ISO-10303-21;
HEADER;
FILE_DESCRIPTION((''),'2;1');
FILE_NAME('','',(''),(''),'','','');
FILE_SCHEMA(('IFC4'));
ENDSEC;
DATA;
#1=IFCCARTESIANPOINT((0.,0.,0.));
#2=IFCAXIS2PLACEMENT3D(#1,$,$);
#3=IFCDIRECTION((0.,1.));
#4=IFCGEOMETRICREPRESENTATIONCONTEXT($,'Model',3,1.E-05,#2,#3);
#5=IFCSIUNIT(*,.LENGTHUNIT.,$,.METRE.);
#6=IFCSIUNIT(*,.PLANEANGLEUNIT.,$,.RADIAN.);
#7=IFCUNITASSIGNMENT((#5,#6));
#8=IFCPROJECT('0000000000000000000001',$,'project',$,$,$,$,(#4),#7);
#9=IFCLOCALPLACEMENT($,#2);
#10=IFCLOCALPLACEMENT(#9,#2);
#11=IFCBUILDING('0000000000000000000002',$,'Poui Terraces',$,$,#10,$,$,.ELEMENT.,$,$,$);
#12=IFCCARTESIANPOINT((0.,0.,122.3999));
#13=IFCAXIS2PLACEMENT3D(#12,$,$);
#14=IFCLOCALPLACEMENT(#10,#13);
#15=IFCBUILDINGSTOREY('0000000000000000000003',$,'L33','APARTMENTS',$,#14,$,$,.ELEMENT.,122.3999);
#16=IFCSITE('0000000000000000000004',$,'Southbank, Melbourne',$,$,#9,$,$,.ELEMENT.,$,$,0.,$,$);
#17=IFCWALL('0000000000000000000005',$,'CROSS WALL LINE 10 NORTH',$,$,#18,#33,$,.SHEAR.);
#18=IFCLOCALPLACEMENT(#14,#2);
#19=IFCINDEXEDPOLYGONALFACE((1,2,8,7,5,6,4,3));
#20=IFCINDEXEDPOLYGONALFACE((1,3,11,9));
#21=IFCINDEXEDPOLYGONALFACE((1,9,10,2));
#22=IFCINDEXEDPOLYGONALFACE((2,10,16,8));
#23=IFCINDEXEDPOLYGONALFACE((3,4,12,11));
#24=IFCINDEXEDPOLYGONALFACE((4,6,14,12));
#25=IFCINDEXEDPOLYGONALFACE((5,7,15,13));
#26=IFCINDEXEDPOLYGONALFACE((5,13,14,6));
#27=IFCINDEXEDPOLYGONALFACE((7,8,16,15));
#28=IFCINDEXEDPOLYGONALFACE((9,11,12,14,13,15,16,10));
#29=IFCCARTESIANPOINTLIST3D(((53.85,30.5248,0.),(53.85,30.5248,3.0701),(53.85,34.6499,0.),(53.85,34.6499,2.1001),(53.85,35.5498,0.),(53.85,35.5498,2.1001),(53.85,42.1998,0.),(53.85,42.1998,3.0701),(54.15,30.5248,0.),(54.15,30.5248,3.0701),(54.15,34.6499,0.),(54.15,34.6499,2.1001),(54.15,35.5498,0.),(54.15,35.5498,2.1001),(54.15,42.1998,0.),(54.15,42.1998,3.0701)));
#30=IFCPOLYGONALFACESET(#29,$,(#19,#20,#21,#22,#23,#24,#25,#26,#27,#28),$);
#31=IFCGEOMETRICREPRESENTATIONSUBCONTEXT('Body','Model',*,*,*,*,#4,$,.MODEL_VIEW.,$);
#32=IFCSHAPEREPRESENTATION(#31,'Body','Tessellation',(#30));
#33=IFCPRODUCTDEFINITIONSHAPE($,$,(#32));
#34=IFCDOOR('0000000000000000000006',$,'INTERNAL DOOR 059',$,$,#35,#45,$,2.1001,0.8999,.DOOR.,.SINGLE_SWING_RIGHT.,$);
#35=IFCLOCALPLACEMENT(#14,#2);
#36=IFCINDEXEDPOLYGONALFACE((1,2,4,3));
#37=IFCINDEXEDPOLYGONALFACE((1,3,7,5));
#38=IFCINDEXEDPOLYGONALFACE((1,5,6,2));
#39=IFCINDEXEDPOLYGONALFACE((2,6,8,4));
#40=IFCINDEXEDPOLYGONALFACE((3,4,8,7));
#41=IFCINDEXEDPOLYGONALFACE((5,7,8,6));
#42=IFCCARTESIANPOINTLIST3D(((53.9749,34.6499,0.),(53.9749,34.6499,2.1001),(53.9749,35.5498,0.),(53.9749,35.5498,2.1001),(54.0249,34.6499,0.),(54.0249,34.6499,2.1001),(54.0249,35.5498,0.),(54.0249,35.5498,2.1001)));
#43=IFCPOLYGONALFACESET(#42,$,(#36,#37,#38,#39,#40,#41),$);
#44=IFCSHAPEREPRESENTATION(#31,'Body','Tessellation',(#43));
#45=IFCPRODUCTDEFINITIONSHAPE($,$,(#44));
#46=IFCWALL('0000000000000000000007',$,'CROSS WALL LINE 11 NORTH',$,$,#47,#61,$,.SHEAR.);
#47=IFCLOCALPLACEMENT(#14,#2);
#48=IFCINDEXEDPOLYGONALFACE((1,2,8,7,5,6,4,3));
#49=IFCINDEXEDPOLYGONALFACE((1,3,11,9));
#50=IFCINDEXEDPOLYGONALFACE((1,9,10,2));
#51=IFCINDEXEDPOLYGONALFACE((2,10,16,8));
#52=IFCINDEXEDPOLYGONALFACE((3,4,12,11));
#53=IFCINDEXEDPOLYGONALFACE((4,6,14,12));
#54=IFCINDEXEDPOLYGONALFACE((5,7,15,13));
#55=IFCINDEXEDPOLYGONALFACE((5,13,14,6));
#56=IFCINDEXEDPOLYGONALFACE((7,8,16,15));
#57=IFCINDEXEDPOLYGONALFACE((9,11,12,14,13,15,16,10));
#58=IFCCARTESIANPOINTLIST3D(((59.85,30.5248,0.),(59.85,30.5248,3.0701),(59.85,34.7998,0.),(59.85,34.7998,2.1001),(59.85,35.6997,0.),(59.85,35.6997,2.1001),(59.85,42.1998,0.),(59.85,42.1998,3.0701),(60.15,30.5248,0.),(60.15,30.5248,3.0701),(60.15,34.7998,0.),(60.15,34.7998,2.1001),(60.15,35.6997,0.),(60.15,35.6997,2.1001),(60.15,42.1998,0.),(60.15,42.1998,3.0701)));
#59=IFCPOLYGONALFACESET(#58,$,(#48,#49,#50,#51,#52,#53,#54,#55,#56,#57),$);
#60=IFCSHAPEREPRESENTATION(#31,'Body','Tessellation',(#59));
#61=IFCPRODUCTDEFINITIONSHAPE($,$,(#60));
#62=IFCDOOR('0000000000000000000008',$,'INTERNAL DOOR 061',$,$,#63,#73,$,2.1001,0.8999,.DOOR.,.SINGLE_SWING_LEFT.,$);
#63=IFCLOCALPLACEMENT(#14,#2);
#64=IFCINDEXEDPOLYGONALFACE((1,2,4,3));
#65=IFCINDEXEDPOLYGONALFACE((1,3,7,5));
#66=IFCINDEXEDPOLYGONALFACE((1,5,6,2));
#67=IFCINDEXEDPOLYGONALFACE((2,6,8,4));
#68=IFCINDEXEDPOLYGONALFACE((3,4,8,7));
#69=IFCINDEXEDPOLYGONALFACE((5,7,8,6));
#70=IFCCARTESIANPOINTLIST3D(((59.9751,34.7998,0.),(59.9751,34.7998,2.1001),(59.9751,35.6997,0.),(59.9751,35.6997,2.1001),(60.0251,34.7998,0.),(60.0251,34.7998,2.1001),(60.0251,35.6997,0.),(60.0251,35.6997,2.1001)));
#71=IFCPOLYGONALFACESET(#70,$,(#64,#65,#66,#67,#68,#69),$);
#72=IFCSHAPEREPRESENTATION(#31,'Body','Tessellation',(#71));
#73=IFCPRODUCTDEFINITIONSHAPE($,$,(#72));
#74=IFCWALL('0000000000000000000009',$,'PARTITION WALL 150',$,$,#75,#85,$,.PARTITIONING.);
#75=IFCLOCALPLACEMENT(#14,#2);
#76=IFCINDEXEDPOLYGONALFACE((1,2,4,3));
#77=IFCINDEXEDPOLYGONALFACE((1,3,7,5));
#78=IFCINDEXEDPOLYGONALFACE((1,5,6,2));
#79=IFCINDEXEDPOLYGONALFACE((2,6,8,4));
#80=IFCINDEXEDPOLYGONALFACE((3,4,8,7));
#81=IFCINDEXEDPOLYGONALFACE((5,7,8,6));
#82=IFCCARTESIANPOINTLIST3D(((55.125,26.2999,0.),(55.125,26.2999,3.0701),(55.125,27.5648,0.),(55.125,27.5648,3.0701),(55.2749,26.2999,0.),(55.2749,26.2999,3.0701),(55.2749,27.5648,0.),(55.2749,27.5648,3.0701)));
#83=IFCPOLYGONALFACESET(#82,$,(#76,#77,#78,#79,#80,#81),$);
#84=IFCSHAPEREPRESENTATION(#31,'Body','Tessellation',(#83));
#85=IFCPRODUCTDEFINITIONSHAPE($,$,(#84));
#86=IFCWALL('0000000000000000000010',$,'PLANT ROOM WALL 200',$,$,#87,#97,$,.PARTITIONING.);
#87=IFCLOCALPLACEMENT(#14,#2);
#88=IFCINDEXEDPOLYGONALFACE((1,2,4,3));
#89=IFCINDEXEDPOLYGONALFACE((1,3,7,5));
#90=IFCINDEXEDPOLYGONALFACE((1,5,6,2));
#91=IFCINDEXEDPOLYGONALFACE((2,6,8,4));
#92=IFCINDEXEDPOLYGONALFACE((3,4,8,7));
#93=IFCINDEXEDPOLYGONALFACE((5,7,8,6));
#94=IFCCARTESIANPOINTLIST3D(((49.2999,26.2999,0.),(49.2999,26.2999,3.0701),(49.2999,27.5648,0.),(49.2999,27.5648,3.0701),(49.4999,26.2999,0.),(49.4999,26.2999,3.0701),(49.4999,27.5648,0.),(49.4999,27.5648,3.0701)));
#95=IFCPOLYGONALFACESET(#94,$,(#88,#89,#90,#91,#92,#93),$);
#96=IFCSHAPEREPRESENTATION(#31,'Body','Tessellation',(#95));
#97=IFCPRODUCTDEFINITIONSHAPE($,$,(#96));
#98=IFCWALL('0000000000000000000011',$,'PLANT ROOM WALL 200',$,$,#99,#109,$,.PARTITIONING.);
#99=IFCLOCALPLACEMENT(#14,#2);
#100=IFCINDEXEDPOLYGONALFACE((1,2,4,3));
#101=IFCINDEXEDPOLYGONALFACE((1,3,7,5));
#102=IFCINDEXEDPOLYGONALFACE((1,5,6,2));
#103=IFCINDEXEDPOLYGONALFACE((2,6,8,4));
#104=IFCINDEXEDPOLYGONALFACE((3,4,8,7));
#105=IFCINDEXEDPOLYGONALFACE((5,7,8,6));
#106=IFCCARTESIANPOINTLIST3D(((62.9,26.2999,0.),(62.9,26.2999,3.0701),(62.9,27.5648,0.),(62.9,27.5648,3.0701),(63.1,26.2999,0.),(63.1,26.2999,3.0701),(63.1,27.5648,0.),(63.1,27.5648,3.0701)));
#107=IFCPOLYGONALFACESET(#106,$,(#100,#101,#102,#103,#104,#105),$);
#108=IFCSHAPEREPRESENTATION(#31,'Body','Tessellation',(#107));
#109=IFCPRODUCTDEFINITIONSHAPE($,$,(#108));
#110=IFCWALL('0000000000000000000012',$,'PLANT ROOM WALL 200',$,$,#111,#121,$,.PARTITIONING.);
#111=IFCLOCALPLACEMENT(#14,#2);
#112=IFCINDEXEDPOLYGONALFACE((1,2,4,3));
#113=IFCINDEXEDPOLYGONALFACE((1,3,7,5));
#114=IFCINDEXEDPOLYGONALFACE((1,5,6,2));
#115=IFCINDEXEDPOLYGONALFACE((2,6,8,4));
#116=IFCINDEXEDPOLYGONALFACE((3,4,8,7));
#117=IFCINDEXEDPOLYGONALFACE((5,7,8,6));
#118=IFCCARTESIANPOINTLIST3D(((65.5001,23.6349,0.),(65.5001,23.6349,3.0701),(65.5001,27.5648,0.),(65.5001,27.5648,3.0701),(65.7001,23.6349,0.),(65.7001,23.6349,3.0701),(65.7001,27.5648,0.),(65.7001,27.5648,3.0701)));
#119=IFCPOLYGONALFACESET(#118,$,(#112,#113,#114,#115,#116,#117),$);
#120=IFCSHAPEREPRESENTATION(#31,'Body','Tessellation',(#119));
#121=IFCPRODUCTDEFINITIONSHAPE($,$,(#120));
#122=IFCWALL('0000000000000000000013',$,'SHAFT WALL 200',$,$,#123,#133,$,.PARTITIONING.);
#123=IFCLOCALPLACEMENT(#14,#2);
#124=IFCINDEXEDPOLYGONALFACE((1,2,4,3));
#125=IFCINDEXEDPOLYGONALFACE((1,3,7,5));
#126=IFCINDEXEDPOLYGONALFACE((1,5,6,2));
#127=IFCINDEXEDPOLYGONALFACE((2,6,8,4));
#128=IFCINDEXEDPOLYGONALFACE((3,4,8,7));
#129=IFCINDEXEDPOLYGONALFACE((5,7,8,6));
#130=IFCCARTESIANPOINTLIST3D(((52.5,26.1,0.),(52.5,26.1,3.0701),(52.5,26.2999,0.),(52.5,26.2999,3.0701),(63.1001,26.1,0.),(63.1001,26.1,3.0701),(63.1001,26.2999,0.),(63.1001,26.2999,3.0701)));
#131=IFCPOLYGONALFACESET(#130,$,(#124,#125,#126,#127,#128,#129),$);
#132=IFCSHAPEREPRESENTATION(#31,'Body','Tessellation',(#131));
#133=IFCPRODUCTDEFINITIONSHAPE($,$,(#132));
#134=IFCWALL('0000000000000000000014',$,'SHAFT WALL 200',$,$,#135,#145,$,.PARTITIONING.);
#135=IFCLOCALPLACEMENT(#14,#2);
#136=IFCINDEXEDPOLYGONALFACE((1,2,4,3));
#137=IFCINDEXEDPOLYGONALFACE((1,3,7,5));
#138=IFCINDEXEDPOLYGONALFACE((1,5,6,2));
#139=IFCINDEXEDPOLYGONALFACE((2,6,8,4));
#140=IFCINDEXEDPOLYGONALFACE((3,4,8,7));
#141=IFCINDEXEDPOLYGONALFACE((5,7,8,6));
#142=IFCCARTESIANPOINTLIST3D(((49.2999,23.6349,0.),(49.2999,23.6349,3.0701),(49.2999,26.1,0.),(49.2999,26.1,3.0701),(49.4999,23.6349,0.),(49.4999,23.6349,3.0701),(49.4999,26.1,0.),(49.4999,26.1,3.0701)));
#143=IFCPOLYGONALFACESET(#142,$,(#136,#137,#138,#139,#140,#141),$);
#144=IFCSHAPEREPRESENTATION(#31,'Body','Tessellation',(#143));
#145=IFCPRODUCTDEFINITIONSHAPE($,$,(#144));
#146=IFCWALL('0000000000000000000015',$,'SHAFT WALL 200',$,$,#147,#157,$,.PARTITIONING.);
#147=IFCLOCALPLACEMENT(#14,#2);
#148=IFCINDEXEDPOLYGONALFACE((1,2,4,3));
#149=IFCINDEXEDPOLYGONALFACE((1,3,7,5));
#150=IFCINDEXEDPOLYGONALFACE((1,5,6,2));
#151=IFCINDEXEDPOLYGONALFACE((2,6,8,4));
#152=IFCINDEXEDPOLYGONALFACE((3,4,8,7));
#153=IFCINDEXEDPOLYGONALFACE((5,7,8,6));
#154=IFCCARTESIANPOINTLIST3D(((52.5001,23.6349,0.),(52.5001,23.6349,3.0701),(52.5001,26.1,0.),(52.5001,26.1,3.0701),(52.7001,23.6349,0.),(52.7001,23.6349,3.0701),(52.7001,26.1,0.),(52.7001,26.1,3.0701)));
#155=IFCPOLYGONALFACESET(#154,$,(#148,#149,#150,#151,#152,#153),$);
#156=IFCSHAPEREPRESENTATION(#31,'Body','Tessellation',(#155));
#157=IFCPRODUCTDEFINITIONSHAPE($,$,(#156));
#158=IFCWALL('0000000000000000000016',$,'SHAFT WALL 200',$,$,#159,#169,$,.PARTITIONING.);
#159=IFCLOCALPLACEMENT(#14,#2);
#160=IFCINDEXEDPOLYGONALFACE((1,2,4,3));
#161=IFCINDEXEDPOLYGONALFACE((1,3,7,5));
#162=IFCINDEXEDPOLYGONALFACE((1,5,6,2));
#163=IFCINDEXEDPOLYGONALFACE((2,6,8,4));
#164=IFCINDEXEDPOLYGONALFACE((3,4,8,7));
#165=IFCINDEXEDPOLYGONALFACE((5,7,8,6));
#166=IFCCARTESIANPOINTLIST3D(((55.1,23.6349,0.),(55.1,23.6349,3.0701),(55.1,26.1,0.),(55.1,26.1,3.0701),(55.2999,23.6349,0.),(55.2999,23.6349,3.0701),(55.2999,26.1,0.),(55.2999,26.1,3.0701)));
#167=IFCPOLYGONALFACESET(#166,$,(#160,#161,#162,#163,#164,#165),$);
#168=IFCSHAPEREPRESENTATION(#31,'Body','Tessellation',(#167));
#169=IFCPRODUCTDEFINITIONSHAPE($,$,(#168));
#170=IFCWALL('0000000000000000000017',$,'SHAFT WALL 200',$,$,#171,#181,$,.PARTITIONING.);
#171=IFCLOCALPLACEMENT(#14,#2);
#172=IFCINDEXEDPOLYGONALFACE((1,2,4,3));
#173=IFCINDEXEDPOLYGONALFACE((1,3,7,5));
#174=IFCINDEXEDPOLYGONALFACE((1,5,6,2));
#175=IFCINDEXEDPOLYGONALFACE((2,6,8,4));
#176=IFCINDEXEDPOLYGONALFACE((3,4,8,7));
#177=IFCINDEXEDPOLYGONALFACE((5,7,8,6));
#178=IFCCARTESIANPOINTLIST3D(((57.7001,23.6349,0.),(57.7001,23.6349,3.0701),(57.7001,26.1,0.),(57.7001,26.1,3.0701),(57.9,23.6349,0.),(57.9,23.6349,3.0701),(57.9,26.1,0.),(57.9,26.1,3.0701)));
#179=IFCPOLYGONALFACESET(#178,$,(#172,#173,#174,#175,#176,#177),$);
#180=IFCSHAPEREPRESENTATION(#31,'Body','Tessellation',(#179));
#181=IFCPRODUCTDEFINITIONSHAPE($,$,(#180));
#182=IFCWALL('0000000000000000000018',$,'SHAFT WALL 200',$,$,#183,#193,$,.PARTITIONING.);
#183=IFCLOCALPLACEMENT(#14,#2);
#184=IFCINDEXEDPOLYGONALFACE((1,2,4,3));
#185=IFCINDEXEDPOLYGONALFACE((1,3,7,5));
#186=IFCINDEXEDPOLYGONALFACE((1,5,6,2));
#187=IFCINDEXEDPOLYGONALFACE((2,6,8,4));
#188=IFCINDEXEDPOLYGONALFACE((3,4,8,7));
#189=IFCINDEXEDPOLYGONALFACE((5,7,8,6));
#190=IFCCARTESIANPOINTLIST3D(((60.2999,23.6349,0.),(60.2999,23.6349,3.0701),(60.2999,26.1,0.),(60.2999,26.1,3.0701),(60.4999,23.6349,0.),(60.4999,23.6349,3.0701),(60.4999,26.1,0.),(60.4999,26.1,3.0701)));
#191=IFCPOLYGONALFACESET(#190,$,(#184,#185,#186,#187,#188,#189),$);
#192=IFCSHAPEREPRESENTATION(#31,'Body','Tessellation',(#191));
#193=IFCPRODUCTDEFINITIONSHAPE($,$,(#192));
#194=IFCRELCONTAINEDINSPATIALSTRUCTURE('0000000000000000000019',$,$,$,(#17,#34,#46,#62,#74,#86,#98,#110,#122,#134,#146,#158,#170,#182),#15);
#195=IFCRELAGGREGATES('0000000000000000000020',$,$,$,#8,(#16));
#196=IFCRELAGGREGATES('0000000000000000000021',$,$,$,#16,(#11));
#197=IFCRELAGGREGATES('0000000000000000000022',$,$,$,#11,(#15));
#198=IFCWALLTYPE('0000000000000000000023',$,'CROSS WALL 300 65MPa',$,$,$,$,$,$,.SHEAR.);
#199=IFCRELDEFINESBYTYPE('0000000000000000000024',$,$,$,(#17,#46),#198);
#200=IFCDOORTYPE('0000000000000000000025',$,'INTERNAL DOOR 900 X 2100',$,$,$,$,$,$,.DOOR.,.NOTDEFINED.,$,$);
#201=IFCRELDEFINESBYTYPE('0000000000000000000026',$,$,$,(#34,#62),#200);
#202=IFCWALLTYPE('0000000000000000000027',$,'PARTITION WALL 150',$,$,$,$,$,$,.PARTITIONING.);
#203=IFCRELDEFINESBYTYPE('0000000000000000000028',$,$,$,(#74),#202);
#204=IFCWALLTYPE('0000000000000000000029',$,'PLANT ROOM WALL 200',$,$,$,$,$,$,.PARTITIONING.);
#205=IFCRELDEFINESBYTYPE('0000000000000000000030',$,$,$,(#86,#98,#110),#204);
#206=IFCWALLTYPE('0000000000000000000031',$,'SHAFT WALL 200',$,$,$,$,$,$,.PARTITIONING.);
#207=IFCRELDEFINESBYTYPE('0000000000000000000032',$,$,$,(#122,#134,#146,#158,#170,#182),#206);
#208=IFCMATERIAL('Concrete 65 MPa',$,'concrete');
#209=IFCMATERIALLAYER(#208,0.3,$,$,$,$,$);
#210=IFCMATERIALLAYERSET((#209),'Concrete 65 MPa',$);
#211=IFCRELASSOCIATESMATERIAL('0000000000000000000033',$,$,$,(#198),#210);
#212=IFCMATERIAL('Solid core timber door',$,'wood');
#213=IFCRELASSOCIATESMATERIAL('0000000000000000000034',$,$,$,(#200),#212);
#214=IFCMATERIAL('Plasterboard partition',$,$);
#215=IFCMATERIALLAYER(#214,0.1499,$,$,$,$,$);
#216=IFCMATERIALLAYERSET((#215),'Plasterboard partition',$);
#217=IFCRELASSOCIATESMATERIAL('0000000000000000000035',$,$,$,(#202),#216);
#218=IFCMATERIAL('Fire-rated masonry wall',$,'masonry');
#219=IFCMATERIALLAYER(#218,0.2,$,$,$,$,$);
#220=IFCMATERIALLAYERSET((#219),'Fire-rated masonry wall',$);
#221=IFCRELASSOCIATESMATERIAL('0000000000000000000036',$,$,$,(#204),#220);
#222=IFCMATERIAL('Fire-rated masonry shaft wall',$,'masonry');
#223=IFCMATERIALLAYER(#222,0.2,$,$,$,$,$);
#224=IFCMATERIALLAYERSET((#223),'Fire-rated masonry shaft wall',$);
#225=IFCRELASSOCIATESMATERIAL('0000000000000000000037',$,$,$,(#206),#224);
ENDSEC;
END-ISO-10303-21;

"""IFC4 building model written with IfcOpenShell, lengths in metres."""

from ifc_helpers import new_model, si_unit, direction, frame, frame_2d, origin, place, context, subcontext, project, spatial, rectangle, extrude, material, layer, layer_set, type_object, element, fill, save


model = new_model("IFC4")

# Units and contexts
model_context = context("Model", 3, precision=1e-05, world=origin(), true_north=direction((0.0, 1.0)))
body_context = subcontext(model_context, "Body", "Model", "MODEL_VIEW")
ifc_project = project(units=[si_unit("LENGTHUNIT", "METRE"), si_unit("PLANEANGLEUNIT", "RADIAN")], contexts=[model_context])

# Site, building, storey
site_placement = place(None, origin())
site = spatial("IfcSite", under=ifc_project, at=site_placement, Name="Southbank, Melbourne", CompositionType="ELEMENT", RefElevation=0.0)
building_placement = place(site_placement, origin())
building = spatial("IfcBuilding", under=site, at=building_placement, Name="Poui Terraces", CompositionType="ELEMENT")
storey_placement = place(building_placement, frame((0.0, 0.0, 122.3999)))
storey = spatial("IfcBuildingStorey", under=building, at=storey_placement, Name="L33", Description="APARTMENTS", CompositionType="ELEMENT", Elevation=122.3999)

# Shared definitions
ifc_material_1 = material(Name="Concrete 65 MPa", Category="concrete")

# Walls, openings, doors
ifc_layer_1 = layer(ifc_material_1, 0.3)
ifc_layer_set_1 = layer_set([ifc_layer_1], Name="Concrete 65 MPa")
wall_type_1 = type_object("IfcWallType", Name="CROSS WALL 300 65MPa", PredefinedType="SHEAR", material=ifc_layer_set_1)
wall_1_placement = place(storey_placement, frame((54.0, 30.5249, 0.0), z_axis=(0.0, 0.0, 1.0), x_axis=(0.0, 1.0, 0.0)))
wall_1 = element("IfcWall", 1, at=wall_1_placement, inside=storey, type_object=wall_type_1, Name="CROSS WALL LINE 10 NORTH", PredefinedType="SHEAR", context=body_context, shape_type="SweptSolid", body=[
    extrude(rectangle(XDim=11.675, YDim=0.3, at=frame_2d((5.8374, 0.0))), origin(), (0.0, 0.0, 1.0), 3.0701),
])
opening_1_placement = place(wall_1_placement, frame((4.125, 0.0, 0.0)))
opening_1 = element("IfcOpeningElement", 2, at=opening_1_placement, cuts=wall_1, PredefinedType="OPENING", context=body_context, shape_type="SweptSolid", body=[
    extrude(rectangle(XDim=0.8999, YDim=2.1001, at=frame_2d((0.45, 1.05))), frame((0.0, 0.1602, 0.0), z_axis=(0.0, -1.0, 0.0), x_axis=(1.0, 0.0, 0.0)), (0.0, 0.0, 1.0), 0.3201),
])
ifc_material_2 = material(Name="Solid core timber door", Category="wood")
door_type_1 = type_object("IfcDoorType", Name="INTERNAL DOOR 900 X 2100", OperationType="NOTDEFINED", PredefinedType="DOOR", material=ifc_material_2)
door_1_placement = place(opening_1_placement, frame((0.8999, 0.0, 0.0), z_axis=(0.0, 0.0, 1.0), x_axis=(-1.0, 0.0, 0.0)))
door_1 = element("IfcDoor", 3, at=door_1_placement, inside=storey, type_object=door_type_1, Name="INTERNAL DOOR 059", OperationType="SINGLE_SWING_RIGHT", OverallHeight=2.1001, OverallWidth=0.8999, PredefinedType="DOOR", context=body_context, shape_type="SweptSolid", body=[
    extrude(rectangle(XDim=0.8999, YDim=2.1001, at=frame_2d((0.45, 1.05))), frame((0.0, 0.0249, 0.0), z_axis=(0.0, -1.0, 0.0), x_axis=(1.0, 0.0, 0.0)), (0.0, 0.0, 1.0), 0.05),
])
fill(opening_1, door_1)
wall_2_placement = place(storey_placement, frame((60.0, 30.5249, 0.0), z_axis=(0.0, 0.0, 1.0), x_axis=(0.0, 1.0, 0.0)))
wall_2 = element("IfcWall", 4, at=wall_2_placement, inside=storey, type_object=wall_type_1, Name="CROSS WALL LINE 11 NORTH", PredefinedType="SHEAR", context=body_context, shape_type="SweptSolid", body=[
    extrude(rectangle(XDim=11.675, YDim=0.3, at=frame_2d((5.8374, 0.0))), origin(), (0.0, 0.0, 1.0), 3.0701),
])
opening_2_placement = place(wall_2_placement, frame((4.2749, 0.0, 0.0)))
opening_2 = element("IfcOpeningElement", 5, at=opening_2_placement, cuts=wall_2, PredefinedType="OPENING", context=body_context, shape_type="SweptSolid", body=[
    extrude(rectangle(XDim=0.8999, YDim=2.1001, at=frame_2d((0.45, 1.05))), frame((0.0, 0.1602, 0.0), z_axis=(0.0, -1.0, 0.0), x_axis=(1.0, 0.0, 0.0)), (0.0, 0.0, 1.0), 0.3201),
])
door_2_placement = place(opening_2_placement, origin())
door_2 = element("IfcDoor", 6, at=door_2_placement, inside=storey, type_object=door_type_1, Name="INTERNAL DOOR 061", OperationType="SINGLE_SWING_LEFT", OverallHeight=2.1001, OverallWidth=0.8999, PredefinedType="DOOR", context=body_context, shape_type="SweptSolid", body=[
    extrude(rectangle(XDim=0.8999, YDim=2.1001, at=frame_2d((0.45, 1.05))), frame((0.0, 0.0249, 0.0), z_axis=(0.0, -1.0, 0.0), x_axis=(1.0, 0.0, 0.0)), (0.0, 0.0, 1.0), 0.05),
])
fill(opening_2, door_2)

# Walls
ifc_material_3 = material(Name="Plasterboard partition")
ifc_layer_2 = layer(ifc_material_3, 0.1499)
ifc_layer_set_2 = layer_set([ifc_layer_2], Name="Plasterboard partition")
wall_type_2 = type_object("IfcWallType", Name="PARTITION WALL 150", PredefinedType="PARTITIONING", material=ifc_layer_set_2)
wall_3_placement = place(storey_placement, frame((55.2, 26.3, 0.0), z_axis=(0.0, 0.0, 1.0), x_axis=(0.0, 1.0, 0.0)))
element("IfcWall", 7, at=wall_3_placement, inside=storey, type_object=wall_type_2, Name="PARTITION WALL 150", PredefinedType="PARTITIONING", context=body_context, shape_type="SweptSolid", body=[
    extrude(rectangle(XDim=1.2649, YDim=0.1499, at=frame_2d((0.6323, 0.0))), origin(), (0.0, 0.0, 1.0), 3.0701),
])
ifc_material_4 = material(Name="Fire-rated masonry wall", Category="masonry")
ifc_layer_3 = layer(ifc_material_4, 0.2)
ifc_layer_set_3 = layer_set([ifc_layer_3], Name="Fire-rated masonry wall")
wall_type_3 = type_object("IfcWallType", Name="PLANT ROOM WALL 200", PredefinedType="PARTITIONING", material=ifc_layer_set_3)
for number, where, z_axis, x_axis, name in (
    (8, (49.3999, 26.3, 0.0), (0.0, 0.0, 1.0), (0.0, 1.0, 0.0), "PLANT ROOM WALL 200"),
    (9, (63.0, 26.3, 0.0), (0.0, 0.0, 1.0), (0.0, 1.0, 0.0), "PLANT ROOM WALL 200"),
):
    element("IfcWall", number, at=place(storey_placement, frame(where, z_axis=z_axis, x_axis=x_axis)), inside=storey, type_object=wall_type_3, Name=name, PredefinedType="PARTITIONING", context=body_context, shape_type="SweptSolid", body=[
        extrude(rectangle(XDim=1.2649, YDim=0.2, at=frame_2d((0.6323, 0.0))), origin(), (0.0, 0.0, 1.0), 3.0701),
    ])
wall_4_placement = place(storey_placement, frame((65.6001, 23.635, 0.0), z_axis=(0.0, 0.0, 1.0), x_axis=(0.0, 1.0, 0.0)))
element("IfcWall", 10, at=wall_4_placement, inside=storey, type_object=wall_type_3, Name="PLANT ROOM WALL 200", PredefinedType="PARTITIONING", context=body_context, shape_type="SweptSolid", body=[
    extrude(rectangle(XDim=3.9299, YDim=0.2, at=frame_2d((1.9648, 0.0))), origin(), (0.0, 0.0, 1.0), 3.0701),
])
ifc_material_5 = material(Name="Fire-rated masonry shaft wall", Category="masonry")
ifc_layer_4 = layer(ifc_material_5, 0.2)
ifc_layer_set_4 = layer_set([ifc_layer_4], Name="Fire-rated masonry shaft wall")
wall_type_4 = type_object("IfcWallType", Name="SHAFT WALL 200", PredefinedType="PARTITIONING", material=ifc_layer_set_4)
wall_5_placement = place(storey_placement, frame((52.5, 26.2, 0.0), z_axis=(0.0, 0.0, 1.0), x_axis=(1.0, 0.0, 0.0)))
element("IfcWall", 11, at=wall_5_placement, inside=storey, type_object=wall_type_4, Name="SHAFT WALL 200", PredefinedType="PARTITIONING", context=body_context, shape_type="SweptSolid", body=[
    extrude(rectangle(XDim=10.6001, YDim=0.2, at=frame_2d((5.3, 0.0))), origin(), (0.0, 0.0, 1.0), 3.0701),
])
for number, where, z_axis, x_axis, name in (
    (12, (49.3999, 23.635, 0.0), (0.0, 0.0, 1.0), (0.0, 1.0, 0.0), "SHAFT WALL 200"),
    (13, (52.6001, 23.635, 0.0), (0.0, 0.0, 1.0), (0.0, 1.0, 0.0), "SHAFT WALL 200"),
    (14, (55.2, 23.635, 0.0), (0.0, 0.0, 1.0), (0.0, 1.0, 0.0), "SHAFT WALL 200"),
    (15, (57.8, 23.635, 0.0), (0.0, 0.0, 1.0), (0.0, 1.0, 0.0), "SHAFT WALL 200"),
    (16, (60.3999, 23.635, 0.0), (0.0, 0.0, 1.0), (0.0, 1.0, 0.0), "SHAFT WALL 200"),
):
    element("IfcWall", number, at=place(storey_placement, frame(where, z_axis=z_axis, x_axis=x_axis)), inside=storey, type_object=wall_type_4, Name=name, PredefinedType="PARTITIONING", context=body_context, shape_type="SweptSolid", body=[
        extrude(rectangle(XDim=2.4651, YDim=0.2, at=frame_2d((1.2324, 0.0))), origin(), (0.0, 0.0, 1.0), 3.0701),
    ])

save(model, "model.ifc")
